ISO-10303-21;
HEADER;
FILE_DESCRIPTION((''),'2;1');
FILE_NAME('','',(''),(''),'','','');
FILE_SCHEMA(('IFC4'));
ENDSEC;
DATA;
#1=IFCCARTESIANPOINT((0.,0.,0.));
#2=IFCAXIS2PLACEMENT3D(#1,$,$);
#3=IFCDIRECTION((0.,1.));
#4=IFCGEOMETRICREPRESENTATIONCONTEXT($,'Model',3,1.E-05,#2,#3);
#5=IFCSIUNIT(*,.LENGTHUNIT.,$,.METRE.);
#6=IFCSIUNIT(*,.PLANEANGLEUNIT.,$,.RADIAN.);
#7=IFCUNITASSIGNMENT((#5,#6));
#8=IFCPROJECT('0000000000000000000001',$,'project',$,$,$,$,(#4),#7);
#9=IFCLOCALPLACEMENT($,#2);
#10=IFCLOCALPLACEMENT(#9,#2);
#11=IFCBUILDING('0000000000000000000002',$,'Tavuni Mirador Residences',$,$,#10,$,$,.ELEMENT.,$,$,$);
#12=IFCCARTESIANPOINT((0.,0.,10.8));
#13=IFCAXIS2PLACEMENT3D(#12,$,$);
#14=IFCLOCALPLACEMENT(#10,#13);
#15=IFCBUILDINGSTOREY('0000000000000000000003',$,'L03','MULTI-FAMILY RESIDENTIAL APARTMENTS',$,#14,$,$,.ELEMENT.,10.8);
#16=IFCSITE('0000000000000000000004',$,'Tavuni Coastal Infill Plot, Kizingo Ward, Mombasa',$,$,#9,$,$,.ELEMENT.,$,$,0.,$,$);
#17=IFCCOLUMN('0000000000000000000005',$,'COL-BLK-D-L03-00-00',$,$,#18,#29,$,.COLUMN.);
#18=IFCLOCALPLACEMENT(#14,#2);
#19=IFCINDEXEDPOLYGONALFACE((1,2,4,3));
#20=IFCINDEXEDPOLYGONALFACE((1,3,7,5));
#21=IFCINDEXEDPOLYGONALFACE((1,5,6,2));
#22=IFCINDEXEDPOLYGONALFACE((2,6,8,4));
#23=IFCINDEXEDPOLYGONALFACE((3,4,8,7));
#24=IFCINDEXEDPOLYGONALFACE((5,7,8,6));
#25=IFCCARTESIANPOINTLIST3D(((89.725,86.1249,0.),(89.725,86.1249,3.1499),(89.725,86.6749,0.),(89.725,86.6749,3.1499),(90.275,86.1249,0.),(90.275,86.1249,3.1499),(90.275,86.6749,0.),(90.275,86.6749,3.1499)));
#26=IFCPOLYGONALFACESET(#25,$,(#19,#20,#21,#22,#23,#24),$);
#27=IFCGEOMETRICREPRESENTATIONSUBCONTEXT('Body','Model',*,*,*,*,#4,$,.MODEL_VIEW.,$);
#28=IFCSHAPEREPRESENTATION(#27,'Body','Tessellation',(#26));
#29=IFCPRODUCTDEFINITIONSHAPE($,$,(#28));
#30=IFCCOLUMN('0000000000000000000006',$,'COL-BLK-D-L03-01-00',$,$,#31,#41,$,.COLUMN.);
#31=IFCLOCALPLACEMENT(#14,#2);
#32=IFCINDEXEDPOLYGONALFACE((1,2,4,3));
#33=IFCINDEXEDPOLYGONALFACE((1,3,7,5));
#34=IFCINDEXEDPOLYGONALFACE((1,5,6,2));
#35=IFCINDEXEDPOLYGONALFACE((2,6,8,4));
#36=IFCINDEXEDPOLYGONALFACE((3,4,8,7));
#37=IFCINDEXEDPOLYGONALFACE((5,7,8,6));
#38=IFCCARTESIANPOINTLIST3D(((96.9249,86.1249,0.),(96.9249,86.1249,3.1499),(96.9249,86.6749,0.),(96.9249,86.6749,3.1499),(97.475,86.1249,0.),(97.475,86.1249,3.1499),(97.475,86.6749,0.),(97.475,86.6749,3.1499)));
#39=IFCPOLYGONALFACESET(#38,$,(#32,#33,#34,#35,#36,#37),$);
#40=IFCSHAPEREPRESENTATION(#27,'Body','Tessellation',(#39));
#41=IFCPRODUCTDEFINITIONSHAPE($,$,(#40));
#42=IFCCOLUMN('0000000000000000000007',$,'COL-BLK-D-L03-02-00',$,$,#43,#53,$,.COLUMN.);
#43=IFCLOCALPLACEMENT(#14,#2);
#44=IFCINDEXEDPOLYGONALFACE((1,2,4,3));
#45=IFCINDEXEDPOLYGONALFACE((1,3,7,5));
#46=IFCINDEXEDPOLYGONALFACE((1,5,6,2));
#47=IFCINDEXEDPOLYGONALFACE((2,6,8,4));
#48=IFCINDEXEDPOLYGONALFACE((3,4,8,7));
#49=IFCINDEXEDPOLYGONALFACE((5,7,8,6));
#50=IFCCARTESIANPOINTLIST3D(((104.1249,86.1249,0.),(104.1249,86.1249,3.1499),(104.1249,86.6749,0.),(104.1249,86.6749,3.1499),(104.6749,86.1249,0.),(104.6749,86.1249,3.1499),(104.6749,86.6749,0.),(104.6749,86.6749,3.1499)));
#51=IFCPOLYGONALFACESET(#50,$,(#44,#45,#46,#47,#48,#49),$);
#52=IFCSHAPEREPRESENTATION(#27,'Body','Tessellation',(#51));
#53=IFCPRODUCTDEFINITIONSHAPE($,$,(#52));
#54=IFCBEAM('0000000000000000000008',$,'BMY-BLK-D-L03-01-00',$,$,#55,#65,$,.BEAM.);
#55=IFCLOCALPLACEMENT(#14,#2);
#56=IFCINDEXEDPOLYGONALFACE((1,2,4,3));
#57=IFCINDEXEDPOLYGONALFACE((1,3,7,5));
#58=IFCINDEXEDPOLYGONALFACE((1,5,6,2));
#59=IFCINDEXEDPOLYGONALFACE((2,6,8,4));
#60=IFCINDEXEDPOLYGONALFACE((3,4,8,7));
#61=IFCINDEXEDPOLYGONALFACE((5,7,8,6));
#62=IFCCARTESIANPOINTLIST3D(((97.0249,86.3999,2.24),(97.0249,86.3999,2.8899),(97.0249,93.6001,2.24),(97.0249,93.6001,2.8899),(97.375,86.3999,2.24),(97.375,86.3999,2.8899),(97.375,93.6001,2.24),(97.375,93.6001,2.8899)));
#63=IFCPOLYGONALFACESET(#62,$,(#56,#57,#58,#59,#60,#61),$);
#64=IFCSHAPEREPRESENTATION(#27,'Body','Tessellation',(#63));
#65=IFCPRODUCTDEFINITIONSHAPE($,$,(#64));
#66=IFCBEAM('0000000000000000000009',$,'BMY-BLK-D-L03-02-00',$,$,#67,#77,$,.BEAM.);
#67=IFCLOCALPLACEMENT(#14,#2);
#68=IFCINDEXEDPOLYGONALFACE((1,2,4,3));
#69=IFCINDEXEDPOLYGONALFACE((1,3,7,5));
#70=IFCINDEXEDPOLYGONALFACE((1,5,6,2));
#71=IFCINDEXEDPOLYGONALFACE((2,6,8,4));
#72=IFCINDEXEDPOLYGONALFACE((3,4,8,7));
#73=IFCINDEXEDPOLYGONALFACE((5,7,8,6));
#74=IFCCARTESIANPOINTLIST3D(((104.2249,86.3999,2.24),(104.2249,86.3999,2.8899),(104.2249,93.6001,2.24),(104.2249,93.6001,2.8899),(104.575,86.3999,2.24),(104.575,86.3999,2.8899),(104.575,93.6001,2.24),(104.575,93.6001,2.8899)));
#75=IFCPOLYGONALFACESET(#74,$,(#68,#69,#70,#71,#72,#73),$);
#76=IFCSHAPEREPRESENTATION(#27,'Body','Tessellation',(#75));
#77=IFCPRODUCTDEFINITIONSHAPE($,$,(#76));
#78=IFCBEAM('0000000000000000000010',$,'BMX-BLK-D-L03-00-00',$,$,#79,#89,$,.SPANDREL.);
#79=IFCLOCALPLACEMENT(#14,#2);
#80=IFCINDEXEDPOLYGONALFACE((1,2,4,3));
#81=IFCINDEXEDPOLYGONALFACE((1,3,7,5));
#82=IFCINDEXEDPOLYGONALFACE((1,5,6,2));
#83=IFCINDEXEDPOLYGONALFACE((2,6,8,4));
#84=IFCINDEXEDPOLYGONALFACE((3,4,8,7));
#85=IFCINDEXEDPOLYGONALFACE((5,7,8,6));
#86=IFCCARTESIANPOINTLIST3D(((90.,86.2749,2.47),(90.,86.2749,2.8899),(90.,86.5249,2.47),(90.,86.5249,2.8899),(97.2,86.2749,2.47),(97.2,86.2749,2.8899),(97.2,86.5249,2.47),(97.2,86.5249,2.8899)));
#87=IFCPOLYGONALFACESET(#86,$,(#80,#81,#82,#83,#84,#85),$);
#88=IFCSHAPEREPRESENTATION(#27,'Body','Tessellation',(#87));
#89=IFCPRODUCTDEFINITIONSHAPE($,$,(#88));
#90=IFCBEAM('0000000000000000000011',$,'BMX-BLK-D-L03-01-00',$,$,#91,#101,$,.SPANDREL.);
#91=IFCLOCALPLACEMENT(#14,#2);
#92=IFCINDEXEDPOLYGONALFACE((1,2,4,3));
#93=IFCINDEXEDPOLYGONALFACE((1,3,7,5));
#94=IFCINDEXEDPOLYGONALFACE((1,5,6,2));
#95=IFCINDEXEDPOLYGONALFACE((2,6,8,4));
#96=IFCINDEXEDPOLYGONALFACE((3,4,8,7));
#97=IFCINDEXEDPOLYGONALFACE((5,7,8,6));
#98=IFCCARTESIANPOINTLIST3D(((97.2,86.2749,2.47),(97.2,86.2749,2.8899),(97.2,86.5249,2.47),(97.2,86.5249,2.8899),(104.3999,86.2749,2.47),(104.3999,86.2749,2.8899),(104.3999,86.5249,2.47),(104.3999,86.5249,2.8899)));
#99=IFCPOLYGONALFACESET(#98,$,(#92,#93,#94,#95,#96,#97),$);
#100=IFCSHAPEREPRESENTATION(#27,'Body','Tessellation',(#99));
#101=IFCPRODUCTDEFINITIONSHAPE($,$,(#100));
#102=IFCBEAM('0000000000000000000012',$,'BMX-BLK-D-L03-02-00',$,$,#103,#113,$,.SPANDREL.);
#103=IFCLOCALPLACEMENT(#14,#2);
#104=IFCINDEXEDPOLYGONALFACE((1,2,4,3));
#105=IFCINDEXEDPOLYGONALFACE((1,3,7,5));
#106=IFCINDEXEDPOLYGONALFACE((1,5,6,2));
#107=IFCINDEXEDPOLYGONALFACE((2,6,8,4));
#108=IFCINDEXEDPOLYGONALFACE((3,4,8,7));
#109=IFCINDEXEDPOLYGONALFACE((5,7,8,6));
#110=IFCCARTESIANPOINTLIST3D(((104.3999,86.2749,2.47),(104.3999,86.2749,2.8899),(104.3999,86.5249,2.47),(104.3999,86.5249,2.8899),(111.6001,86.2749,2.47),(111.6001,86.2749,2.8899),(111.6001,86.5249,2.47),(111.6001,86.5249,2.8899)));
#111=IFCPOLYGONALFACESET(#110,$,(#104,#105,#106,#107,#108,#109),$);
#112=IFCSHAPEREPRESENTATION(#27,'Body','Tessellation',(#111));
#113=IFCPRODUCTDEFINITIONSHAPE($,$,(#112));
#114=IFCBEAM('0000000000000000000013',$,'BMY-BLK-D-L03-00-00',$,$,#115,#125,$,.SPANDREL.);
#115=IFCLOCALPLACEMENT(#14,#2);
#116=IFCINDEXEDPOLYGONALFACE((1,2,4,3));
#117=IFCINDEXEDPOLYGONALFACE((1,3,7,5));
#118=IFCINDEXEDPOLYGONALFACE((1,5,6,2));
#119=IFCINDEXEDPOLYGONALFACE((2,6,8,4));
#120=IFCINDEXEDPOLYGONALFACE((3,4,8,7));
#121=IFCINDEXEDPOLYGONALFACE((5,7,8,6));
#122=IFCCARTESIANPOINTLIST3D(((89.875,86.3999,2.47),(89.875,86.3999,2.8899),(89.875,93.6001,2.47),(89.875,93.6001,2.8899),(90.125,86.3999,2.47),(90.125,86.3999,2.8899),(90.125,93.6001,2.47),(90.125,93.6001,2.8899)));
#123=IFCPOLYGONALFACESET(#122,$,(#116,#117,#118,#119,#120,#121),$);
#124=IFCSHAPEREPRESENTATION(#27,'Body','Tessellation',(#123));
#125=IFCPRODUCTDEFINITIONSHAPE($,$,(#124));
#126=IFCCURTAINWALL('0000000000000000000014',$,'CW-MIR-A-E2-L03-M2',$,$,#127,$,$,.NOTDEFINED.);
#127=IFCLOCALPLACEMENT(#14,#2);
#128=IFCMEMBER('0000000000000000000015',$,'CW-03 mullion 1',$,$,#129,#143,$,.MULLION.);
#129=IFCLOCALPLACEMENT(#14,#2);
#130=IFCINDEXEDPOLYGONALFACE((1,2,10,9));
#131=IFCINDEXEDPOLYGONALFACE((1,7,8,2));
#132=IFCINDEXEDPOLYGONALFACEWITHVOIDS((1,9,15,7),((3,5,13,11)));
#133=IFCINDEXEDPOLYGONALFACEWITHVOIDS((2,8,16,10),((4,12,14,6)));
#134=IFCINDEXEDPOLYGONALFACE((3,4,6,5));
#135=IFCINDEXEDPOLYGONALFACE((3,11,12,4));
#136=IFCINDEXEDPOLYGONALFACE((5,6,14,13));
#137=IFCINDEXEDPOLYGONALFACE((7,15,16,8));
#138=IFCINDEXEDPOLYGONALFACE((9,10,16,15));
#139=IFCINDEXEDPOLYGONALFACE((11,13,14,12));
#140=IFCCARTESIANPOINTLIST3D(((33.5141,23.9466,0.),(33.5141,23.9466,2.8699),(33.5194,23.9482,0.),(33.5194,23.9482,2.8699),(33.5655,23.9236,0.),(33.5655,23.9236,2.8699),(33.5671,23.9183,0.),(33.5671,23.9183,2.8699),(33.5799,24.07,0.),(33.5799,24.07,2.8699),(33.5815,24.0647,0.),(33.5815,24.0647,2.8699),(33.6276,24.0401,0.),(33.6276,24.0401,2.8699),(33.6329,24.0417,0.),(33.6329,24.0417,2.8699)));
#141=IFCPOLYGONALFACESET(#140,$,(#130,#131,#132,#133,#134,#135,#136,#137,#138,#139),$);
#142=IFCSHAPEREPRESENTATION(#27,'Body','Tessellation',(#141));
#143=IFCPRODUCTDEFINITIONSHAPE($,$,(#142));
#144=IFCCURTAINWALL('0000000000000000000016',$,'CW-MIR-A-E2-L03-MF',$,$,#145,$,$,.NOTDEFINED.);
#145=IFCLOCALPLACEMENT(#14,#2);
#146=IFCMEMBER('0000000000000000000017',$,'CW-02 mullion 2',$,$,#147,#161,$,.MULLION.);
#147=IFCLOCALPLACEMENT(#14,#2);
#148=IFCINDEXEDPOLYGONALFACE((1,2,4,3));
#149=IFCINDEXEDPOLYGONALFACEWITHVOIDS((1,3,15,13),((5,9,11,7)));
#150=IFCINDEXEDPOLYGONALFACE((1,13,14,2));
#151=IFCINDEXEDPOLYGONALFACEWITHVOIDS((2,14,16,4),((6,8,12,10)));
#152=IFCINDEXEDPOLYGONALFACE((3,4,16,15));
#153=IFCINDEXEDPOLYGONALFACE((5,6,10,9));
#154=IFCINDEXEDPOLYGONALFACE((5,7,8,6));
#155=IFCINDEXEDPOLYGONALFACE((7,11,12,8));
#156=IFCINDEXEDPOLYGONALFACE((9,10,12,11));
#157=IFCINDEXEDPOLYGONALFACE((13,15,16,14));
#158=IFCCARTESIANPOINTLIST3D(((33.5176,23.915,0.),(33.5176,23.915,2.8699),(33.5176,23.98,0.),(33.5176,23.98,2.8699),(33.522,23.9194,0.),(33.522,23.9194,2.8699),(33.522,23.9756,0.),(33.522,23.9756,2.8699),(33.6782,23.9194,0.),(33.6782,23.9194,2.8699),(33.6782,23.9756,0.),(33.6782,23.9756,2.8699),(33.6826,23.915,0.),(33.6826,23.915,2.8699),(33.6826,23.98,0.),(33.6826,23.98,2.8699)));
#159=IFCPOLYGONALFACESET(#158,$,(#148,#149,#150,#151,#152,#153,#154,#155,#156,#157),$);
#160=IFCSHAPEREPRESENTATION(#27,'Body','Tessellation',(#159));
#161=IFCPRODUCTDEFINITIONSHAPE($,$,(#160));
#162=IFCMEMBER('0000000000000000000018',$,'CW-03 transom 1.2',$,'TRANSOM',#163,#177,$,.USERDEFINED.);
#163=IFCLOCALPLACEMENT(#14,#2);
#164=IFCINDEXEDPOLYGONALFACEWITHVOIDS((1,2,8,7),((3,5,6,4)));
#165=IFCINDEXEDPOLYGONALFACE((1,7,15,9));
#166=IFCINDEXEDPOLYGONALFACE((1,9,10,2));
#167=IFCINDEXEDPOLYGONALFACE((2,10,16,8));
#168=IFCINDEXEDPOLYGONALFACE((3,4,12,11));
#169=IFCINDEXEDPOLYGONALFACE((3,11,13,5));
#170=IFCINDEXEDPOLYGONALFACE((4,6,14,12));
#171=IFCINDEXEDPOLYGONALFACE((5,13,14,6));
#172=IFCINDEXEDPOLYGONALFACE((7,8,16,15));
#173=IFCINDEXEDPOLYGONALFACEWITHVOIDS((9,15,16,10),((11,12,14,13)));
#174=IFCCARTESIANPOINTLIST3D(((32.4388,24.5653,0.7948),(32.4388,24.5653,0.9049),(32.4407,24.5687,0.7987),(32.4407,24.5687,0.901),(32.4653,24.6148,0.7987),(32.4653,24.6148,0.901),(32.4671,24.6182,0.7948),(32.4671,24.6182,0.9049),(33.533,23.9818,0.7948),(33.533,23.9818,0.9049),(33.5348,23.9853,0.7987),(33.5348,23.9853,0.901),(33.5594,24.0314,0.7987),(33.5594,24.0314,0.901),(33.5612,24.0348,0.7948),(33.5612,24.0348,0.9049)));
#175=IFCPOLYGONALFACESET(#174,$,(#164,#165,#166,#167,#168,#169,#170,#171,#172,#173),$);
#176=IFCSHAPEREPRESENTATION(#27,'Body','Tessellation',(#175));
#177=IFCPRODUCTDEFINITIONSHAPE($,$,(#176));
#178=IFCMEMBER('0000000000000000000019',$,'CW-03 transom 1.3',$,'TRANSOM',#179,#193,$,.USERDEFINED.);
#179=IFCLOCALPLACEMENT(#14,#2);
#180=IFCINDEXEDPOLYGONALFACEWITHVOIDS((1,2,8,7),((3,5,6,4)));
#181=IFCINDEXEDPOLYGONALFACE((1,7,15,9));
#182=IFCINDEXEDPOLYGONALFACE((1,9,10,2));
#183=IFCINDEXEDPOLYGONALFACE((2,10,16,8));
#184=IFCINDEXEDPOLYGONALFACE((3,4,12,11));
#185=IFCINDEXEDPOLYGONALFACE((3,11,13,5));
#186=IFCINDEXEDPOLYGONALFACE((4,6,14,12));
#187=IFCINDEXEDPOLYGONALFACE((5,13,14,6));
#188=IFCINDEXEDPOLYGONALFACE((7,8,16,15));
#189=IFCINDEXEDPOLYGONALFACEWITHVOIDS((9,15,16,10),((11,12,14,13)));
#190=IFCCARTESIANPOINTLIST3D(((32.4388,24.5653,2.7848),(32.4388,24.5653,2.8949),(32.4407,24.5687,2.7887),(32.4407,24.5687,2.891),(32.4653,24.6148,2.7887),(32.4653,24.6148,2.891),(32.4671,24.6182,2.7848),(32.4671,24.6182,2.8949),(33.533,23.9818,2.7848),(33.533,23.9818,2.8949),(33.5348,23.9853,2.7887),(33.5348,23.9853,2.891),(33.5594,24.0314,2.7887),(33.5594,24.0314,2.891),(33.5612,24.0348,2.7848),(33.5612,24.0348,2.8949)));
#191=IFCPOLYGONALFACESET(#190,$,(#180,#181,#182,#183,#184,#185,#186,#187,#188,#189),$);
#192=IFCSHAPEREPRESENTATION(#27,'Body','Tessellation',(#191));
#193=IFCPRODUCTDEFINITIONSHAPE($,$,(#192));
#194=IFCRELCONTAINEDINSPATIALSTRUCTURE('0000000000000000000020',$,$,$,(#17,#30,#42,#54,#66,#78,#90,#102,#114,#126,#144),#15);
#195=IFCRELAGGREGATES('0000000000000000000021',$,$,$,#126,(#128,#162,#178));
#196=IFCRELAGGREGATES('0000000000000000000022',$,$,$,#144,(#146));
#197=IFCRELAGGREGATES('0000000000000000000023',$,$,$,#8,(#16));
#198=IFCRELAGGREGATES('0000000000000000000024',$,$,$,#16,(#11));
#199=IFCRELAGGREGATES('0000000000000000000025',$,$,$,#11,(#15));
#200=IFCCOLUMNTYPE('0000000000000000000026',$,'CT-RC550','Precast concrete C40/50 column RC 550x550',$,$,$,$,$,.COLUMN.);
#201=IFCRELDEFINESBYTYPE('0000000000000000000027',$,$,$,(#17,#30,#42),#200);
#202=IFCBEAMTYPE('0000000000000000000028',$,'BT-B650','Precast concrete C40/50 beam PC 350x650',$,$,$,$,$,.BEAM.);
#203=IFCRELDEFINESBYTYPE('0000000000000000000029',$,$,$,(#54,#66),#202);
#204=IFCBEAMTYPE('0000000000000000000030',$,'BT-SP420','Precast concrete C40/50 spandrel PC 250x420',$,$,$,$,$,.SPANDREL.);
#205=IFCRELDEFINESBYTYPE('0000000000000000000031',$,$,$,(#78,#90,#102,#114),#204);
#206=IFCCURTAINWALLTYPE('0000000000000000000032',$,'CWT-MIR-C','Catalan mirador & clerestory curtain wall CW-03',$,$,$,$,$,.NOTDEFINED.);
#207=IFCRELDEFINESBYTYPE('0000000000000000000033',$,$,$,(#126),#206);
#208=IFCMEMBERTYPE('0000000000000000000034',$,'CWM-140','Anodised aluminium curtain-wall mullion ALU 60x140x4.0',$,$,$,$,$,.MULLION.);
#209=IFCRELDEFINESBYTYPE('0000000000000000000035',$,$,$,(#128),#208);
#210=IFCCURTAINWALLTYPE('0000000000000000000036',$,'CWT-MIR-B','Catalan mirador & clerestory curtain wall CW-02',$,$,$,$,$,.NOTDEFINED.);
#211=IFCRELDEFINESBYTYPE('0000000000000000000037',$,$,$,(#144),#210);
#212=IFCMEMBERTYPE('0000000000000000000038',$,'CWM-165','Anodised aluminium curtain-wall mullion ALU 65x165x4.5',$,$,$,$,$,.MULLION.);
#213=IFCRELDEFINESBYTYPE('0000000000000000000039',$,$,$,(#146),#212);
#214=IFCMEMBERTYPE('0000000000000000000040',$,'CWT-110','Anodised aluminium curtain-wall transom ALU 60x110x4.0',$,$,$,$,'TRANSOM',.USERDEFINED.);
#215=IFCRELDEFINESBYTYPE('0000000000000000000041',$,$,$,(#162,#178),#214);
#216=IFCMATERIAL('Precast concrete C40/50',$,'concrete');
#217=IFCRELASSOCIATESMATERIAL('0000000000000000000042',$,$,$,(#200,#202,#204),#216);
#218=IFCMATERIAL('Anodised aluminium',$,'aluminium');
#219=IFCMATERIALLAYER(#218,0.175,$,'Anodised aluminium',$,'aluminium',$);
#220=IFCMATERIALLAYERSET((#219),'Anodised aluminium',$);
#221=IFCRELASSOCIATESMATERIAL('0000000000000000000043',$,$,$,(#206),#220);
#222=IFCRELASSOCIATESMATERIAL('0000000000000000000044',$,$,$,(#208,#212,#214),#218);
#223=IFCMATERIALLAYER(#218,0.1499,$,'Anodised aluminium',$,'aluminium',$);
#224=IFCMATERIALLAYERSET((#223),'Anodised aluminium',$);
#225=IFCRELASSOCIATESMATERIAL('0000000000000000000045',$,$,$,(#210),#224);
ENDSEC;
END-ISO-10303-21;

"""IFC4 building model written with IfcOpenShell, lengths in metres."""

from ifc_helpers import new_model, si_unit, direction, frame, origin, origin_2d, place, context, subcontext, project, spatial, rectangle, hollow_rectangle, extrude, material, layer, layer_set, material_profile, profile_set, type_object, element, aggregate, save


model = new_model("IFC4")

# Units and contexts
model_context = context("Model", 3, precision=1e-05, world=origin(), true_north=direction((0.0, 1.0)))
body_context = subcontext(model_context, "Body", "Model", "MODEL_VIEW")
ifc_project = project(units=[si_unit("LENGTHUNIT", "METRE"), si_unit("PLANEANGLEUNIT", "RADIAN")], contexts=[model_context])

# Site, building, storey
site_placement = place(None, origin())
site = spatial("IfcSite", under=ifc_project, at=site_placement, Name="Tavuni Coastal Infill Plot, Kizingo Ward, Mombasa", CompositionType="ELEMENT", RefElevation=0.0)
building_placement = place(site_placement, origin())
building = spatial("IfcBuilding", under=site, at=building_placement, Name="Tavuni Mirador Residences", CompositionType="ELEMENT")
storey_placement = place(building_placement, frame((0.0, 0.0, 10.8)))
storey = spatial("IfcBuildingStorey", under=building, at=storey_placement, Name="L03", Description="MULTI-FAMILY RESIDENTIAL APARTMENTS", CompositionType="ELEMENT", Elevation=10.8)

# Columns
ifc_material_1 = material(Name="Precast concrete C40/50", Category="concrete")
ifc_material_profile_1 = material_profile(ifc_material_1, rectangle(XDim=0.55, YDim=0.55, at=origin_2d()), Name="RC 550x550", Category="concrete")
ifc_profile_set_1 = profile_set([ifc_material_profile_1], Name="Precast concrete C40/50")
column_type = type_object("IfcColumnType", Name="CT-RC550", Description="Precast concrete C40/50 column RC 550x550", PredefinedType="COLUMN", material=ifc_profile_set_1)
for number, where, z_axis, x_axis, name in (
    (1, (90.0, 86.3999, 0.0), (0.0, 0.0, 1.0), (1.0, 0.0, 0.0), "COL-BLK-D-L03-00-00"),
    (2, (97.2, 86.3999, 0.0), (0.0, 0.0, 1.0), (1.0, 0.0, 0.0), "COL-BLK-D-L03-01-00"),
    (3, (104.3999, 86.3999, 0.0), (0.0, 0.0, 1.0), (1.0, 0.0, 0.0), "COL-BLK-D-L03-02-00"),
):
    element("IfcColumn", number, at=place(storey_placement, frame(where, z_axis=z_axis, x_axis=x_axis)), inside=storey, type_object=column_type, Name=name, PredefinedType="COLUMN", context=body_context, shape_type="SweptSolid", body=[
        extrude(rectangle(XDim=0.55, YDim=0.55, at=origin_2d()), origin(), (0.0, 0.0, 1.0), 3.1499),
    ])

# Beams
ifc_material_profile_2 = material_profile(ifc_material_1, rectangle(XDim=0.3501, YDim=0.6499, at=origin_2d()), Name="PC 350x650", Category="concrete")
ifc_profile_set_2 = profile_set([ifc_material_profile_2], Name="Precast concrete C40/50")
beam_type_1 = type_object("IfcBeamType", Name="BT-B650", Description="Precast concrete C40/50 beam PC 350x650", PredefinedType="BEAM", material=ifc_profile_set_2)
for number, where, z_axis, x_axis, name in (
    (4, (97.2, 86.3999, 2.5649), (0.0, 1.0, 0.0), (-1.0, 0.0, 0.0), "BMY-BLK-D-L03-01-00"),
    (5, (104.3999, 86.3999, 2.5649), (0.0, 1.0, 0.0), (-1.0, 0.0, 0.0), "BMY-BLK-D-L03-02-00"),
):
    element("IfcBeam", number, at=place(storey_placement, frame(where, z_axis=z_axis, x_axis=x_axis)), inside=storey, type_object=beam_type_1, Name=name, PredefinedType="BEAM", context=body_context, shape_type="SweptSolid", body=[
        extrude(rectangle(XDim=0.3501, YDim=0.6499, at=origin_2d()), origin(), (0.0, 0.0, 1.0), 7.2002),
    ])
ifc_material_profile_3 = material_profile(ifc_material_1, rectangle(XDim=0.25, YDim=0.4199, at=origin_2d()), Name="PC 250x420", Category="concrete")
ifc_profile_set_3 = profile_set([ifc_material_profile_3], Name="Precast concrete C40/50")
beam_type_2 = type_object("IfcBeamType", Name="BT-SP420", Description="Precast concrete C40/50 spandrel PC 250x420", PredefinedType="SPANDREL", material=ifc_profile_set_3)
for number, where, z_axis, x_axis, name in (
    (6, (90.0, 86.3999, 2.6799), (1.0, 0.0, 0.0), (0.0, 1.0, 0.0), "BMX-BLK-D-L03-00-00"),
    (7, (97.2, 86.3999, 2.6799), (1.0, 0.0, 0.0), (0.0, 1.0, 0.0), "BMX-BLK-D-L03-01-00"),
):
    element("IfcBeam", number, at=place(storey_placement, frame(where, z_axis=z_axis, x_axis=x_axis)), inside=storey, type_object=beam_type_2, Name=name, PredefinedType="SPANDREL", context=body_context, shape_type="SweptSolid", body=[
        extrude(rectangle(XDim=0.25, YDim=0.4199, at=origin_2d()), origin(), (0.0, 0.0, 1.0), 7.2),
    ])
for number, where, z_axis, x_axis, name in (
    (8, (104.3999, 86.3999, 2.6799), (1.0, 0.0, 0.0), (0.0, 1.0, 0.0), "BMX-BLK-D-L03-02-00"),
    (9, (90.0, 86.3999, 2.6799), (0.0, 1.0, 0.0), (-1.0, 0.0, 0.0), "BMY-BLK-D-L03-00-00"),
):
    element("IfcBeam", number, at=place(storey_placement, frame(where, z_axis=z_axis, x_axis=x_axis)), inside=storey, type_object=beam_type_2, Name=name, PredefinedType="SPANDREL", context=body_context, shape_type="SweptSolid", body=[
        extrude(rectangle(XDim=0.25, YDim=0.4199, at=origin_2d()), origin(), (0.0, 0.0, 1.0), 7.2002),
    ])

# Curtain walls, members
ifc_material_2 = material(Name="Anodised aluminium", Category="aluminium")
ifc_layer_1 = layer(ifc_material_2, 0.175, Name="Anodised aluminium", Category="aluminium")
ifc_layer_set_1 = layer_set([ifc_layer_1], Name="Anodised aluminium")
curtain_wall_type_1 = type_object("IfcCurtainWallType", Name="CWT-MIR-C", Description="Catalan mirador & clerestory curtain wall CW-03", PredefinedType="NOTDEFINED", material=ifc_layer_set_1)
curtain_wall_1_placement = place(storey_placement, origin())
curtain_wall_1 = element("IfcCurtainWall", 10, at=curtain_wall_1_placement, inside=storey, type_object=curtain_wall_type_1, Name="CW-MIR-A-E2-L03-M2", PredefinedType="NOTDEFINED")
ifc_material_profile_4 = material_profile(ifc_material_2, hollow_rectangle(XDim=0.0601, YDim=0.1399, WallThickness=0.0039, at=origin_2d()), Name="ALU 60x140x4.0", Category="aluminium")
ifc_profile_set_4 = profile_set([ifc_material_profile_4], Name="Anodised aluminium")
member_type_1 = type_object("IfcMemberType", Name="CWM-140", Description="Anodised aluminium curtain-wall mullion ALU 60x140x4.0", PredefinedType="MULLION", material=ifc_profile_set_4)
member_1_placement = place(storey_placement, frame((33.5735, 23.9941, 0.0), z_axis=(0.0, 0.0, 1.0), x_axis=(-0.882353, 0.470588, 0.0)))
member_1 = element("IfcMember", 11, at=member_1_placement, type_object=member_type_1, Name="CW-03 mullion 1", PredefinedType="MULLION", context=body_context, shape_type="SweptSolid", body=[
    extrude(hollow_rectangle(XDim=0.0601, YDim=0.1399, WallThickness=0.0039, at=origin_2d()), origin(), (0.0, 0.0, 1.0), 2.8699),
])
ifc_layer_2 = layer(ifc_material_2, 0.1499, Name="Anodised aluminium", Category="aluminium")
ifc_layer_set_2 = layer_set([ifc_layer_2], Name="Anodised aluminium")
curtain_wall_type_2 = type_object("IfcCurtainWallType", Name="CWT-MIR-B", Description="Catalan mirador & clerestory curtain wall CW-02", PredefinedType="NOTDEFINED", material=ifc_layer_set_2)
curtain_wall_2_placement = place(storey_placement, origin())
curtain_wall_2 = element("IfcCurtainWall", 12, at=curtain_wall_2_placement, inside=storey, type_object=curtain_wall_type_2, Name="CW-MIR-A-E2-L03-MF", PredefinedType="NOTDEFINED")
ifc_material_profile_5 = material_profile(ifc_material_2, hollow_rectangle(XDim=0.0649, YDim=0.165, WallThickness=0.0044, at=origin_2d()), Name="ALU 65x165x4.5", Category="aluminium")
ifc_profile_set_5 = profile_set([ifc_material_profile_5], Name="Anodised aluminium")
member_type_2 = type_object("IfcMemberType", Name="CWM-165", Description="Anodised aluminium curtain-wall mullion ALU 65x165x4.5", PredefinedType="MULLION", material=ifc_profile_set_5)
member_2_placement = place(storey_placement, frame((33.6001, 23.9475, 0.0), z_axis=(0.0, 0.0, 1.0), x_axis=(0.0, 1.0, 0.0)))
member_2 = element("IfcMember", 13, at=member_2_placement, type_object=member_type_2, Name="CW-02 mullion 2", PredefinedType="MULLION", context=body_context, shape_type="SweptSolid", body=[
    extrude(hollow_rectangle(XDim=0.0649, YDim=0.165, WallThickness=0.0044, at=origin_2d()), origin(), (0.0, 0.0, 1.0), 2.8699),
])

# Members
ifc_material_profile_6 = material_profile(ifc_material_2, hollow_rectangle(XDim=0.0601, YDim=0.1101, WallThickness=0.0039, at=origin_2d()), Name="ALU 60x110x4.0", Category="aluminium")
ifc_profile_set_6 = profile_set([ifc_material_profile_6], Name="Anodised aluminium")
member_type_3 = type_object("IfcMemberType", Name="CWT-110", Description="Anodised aluminium curtain-wall transom ALU 60x110x4.0", ElementType="TRANSOM", PredefinedType="USERDEFINED", material=ifc_profile_set_6)
member_3_placement = place(storey_placement, frame((33.5471, 24.0083, 0.8499), z_axis=(-0.882386, 0.470527, 0.0), x_axis=(-0.470527, -0.882386, 0.0)))
member_3 = element("IfcMember", 14, at=member_3_placement, type_object=member_type_3, Name="CW-03 transom 1.2", ObjectType="TRANSOM", PredefinedType="USERDEFINED", context=body_context, shape_type="SweptSolid", body=[
    extrude(hollow_rectangle(XDim=0.0601, YDim=0.1101, WallThickness=0.0039, at=origin_2d()), origin(), (0.0, 0.0, 1.0), 1.24),
])
member_4_placement = place(storey_placement, frame((33.5471, 24.0083, 2.8398), z_axis=(-0.882386, 0.470527, 0.0), x_axis=(-0.470527, -0.882386, 0.0)))
member_4 = element("IfcMember", 15, at=member_4_placement, type_object=member_type_3, Name="CW-03 transom 1.3", ObjectType="TRANSOM", PredefinedType="USERDEFINED", context=body_context, shape_type="SweptSolid", body=[
    extrude(hollow_rectangle(XDim=0.0601, YDim=0.1101, WallThickness=0.0039, at=origin_2d()), origin(), (0.0, 0.0, 1.0), 1.24),
])
aggregate(curtain_wall_1, [member_1, member_3, member_4])

aggregate(curtain_wall_2, [member_2])

save(model, "model.ifc")
